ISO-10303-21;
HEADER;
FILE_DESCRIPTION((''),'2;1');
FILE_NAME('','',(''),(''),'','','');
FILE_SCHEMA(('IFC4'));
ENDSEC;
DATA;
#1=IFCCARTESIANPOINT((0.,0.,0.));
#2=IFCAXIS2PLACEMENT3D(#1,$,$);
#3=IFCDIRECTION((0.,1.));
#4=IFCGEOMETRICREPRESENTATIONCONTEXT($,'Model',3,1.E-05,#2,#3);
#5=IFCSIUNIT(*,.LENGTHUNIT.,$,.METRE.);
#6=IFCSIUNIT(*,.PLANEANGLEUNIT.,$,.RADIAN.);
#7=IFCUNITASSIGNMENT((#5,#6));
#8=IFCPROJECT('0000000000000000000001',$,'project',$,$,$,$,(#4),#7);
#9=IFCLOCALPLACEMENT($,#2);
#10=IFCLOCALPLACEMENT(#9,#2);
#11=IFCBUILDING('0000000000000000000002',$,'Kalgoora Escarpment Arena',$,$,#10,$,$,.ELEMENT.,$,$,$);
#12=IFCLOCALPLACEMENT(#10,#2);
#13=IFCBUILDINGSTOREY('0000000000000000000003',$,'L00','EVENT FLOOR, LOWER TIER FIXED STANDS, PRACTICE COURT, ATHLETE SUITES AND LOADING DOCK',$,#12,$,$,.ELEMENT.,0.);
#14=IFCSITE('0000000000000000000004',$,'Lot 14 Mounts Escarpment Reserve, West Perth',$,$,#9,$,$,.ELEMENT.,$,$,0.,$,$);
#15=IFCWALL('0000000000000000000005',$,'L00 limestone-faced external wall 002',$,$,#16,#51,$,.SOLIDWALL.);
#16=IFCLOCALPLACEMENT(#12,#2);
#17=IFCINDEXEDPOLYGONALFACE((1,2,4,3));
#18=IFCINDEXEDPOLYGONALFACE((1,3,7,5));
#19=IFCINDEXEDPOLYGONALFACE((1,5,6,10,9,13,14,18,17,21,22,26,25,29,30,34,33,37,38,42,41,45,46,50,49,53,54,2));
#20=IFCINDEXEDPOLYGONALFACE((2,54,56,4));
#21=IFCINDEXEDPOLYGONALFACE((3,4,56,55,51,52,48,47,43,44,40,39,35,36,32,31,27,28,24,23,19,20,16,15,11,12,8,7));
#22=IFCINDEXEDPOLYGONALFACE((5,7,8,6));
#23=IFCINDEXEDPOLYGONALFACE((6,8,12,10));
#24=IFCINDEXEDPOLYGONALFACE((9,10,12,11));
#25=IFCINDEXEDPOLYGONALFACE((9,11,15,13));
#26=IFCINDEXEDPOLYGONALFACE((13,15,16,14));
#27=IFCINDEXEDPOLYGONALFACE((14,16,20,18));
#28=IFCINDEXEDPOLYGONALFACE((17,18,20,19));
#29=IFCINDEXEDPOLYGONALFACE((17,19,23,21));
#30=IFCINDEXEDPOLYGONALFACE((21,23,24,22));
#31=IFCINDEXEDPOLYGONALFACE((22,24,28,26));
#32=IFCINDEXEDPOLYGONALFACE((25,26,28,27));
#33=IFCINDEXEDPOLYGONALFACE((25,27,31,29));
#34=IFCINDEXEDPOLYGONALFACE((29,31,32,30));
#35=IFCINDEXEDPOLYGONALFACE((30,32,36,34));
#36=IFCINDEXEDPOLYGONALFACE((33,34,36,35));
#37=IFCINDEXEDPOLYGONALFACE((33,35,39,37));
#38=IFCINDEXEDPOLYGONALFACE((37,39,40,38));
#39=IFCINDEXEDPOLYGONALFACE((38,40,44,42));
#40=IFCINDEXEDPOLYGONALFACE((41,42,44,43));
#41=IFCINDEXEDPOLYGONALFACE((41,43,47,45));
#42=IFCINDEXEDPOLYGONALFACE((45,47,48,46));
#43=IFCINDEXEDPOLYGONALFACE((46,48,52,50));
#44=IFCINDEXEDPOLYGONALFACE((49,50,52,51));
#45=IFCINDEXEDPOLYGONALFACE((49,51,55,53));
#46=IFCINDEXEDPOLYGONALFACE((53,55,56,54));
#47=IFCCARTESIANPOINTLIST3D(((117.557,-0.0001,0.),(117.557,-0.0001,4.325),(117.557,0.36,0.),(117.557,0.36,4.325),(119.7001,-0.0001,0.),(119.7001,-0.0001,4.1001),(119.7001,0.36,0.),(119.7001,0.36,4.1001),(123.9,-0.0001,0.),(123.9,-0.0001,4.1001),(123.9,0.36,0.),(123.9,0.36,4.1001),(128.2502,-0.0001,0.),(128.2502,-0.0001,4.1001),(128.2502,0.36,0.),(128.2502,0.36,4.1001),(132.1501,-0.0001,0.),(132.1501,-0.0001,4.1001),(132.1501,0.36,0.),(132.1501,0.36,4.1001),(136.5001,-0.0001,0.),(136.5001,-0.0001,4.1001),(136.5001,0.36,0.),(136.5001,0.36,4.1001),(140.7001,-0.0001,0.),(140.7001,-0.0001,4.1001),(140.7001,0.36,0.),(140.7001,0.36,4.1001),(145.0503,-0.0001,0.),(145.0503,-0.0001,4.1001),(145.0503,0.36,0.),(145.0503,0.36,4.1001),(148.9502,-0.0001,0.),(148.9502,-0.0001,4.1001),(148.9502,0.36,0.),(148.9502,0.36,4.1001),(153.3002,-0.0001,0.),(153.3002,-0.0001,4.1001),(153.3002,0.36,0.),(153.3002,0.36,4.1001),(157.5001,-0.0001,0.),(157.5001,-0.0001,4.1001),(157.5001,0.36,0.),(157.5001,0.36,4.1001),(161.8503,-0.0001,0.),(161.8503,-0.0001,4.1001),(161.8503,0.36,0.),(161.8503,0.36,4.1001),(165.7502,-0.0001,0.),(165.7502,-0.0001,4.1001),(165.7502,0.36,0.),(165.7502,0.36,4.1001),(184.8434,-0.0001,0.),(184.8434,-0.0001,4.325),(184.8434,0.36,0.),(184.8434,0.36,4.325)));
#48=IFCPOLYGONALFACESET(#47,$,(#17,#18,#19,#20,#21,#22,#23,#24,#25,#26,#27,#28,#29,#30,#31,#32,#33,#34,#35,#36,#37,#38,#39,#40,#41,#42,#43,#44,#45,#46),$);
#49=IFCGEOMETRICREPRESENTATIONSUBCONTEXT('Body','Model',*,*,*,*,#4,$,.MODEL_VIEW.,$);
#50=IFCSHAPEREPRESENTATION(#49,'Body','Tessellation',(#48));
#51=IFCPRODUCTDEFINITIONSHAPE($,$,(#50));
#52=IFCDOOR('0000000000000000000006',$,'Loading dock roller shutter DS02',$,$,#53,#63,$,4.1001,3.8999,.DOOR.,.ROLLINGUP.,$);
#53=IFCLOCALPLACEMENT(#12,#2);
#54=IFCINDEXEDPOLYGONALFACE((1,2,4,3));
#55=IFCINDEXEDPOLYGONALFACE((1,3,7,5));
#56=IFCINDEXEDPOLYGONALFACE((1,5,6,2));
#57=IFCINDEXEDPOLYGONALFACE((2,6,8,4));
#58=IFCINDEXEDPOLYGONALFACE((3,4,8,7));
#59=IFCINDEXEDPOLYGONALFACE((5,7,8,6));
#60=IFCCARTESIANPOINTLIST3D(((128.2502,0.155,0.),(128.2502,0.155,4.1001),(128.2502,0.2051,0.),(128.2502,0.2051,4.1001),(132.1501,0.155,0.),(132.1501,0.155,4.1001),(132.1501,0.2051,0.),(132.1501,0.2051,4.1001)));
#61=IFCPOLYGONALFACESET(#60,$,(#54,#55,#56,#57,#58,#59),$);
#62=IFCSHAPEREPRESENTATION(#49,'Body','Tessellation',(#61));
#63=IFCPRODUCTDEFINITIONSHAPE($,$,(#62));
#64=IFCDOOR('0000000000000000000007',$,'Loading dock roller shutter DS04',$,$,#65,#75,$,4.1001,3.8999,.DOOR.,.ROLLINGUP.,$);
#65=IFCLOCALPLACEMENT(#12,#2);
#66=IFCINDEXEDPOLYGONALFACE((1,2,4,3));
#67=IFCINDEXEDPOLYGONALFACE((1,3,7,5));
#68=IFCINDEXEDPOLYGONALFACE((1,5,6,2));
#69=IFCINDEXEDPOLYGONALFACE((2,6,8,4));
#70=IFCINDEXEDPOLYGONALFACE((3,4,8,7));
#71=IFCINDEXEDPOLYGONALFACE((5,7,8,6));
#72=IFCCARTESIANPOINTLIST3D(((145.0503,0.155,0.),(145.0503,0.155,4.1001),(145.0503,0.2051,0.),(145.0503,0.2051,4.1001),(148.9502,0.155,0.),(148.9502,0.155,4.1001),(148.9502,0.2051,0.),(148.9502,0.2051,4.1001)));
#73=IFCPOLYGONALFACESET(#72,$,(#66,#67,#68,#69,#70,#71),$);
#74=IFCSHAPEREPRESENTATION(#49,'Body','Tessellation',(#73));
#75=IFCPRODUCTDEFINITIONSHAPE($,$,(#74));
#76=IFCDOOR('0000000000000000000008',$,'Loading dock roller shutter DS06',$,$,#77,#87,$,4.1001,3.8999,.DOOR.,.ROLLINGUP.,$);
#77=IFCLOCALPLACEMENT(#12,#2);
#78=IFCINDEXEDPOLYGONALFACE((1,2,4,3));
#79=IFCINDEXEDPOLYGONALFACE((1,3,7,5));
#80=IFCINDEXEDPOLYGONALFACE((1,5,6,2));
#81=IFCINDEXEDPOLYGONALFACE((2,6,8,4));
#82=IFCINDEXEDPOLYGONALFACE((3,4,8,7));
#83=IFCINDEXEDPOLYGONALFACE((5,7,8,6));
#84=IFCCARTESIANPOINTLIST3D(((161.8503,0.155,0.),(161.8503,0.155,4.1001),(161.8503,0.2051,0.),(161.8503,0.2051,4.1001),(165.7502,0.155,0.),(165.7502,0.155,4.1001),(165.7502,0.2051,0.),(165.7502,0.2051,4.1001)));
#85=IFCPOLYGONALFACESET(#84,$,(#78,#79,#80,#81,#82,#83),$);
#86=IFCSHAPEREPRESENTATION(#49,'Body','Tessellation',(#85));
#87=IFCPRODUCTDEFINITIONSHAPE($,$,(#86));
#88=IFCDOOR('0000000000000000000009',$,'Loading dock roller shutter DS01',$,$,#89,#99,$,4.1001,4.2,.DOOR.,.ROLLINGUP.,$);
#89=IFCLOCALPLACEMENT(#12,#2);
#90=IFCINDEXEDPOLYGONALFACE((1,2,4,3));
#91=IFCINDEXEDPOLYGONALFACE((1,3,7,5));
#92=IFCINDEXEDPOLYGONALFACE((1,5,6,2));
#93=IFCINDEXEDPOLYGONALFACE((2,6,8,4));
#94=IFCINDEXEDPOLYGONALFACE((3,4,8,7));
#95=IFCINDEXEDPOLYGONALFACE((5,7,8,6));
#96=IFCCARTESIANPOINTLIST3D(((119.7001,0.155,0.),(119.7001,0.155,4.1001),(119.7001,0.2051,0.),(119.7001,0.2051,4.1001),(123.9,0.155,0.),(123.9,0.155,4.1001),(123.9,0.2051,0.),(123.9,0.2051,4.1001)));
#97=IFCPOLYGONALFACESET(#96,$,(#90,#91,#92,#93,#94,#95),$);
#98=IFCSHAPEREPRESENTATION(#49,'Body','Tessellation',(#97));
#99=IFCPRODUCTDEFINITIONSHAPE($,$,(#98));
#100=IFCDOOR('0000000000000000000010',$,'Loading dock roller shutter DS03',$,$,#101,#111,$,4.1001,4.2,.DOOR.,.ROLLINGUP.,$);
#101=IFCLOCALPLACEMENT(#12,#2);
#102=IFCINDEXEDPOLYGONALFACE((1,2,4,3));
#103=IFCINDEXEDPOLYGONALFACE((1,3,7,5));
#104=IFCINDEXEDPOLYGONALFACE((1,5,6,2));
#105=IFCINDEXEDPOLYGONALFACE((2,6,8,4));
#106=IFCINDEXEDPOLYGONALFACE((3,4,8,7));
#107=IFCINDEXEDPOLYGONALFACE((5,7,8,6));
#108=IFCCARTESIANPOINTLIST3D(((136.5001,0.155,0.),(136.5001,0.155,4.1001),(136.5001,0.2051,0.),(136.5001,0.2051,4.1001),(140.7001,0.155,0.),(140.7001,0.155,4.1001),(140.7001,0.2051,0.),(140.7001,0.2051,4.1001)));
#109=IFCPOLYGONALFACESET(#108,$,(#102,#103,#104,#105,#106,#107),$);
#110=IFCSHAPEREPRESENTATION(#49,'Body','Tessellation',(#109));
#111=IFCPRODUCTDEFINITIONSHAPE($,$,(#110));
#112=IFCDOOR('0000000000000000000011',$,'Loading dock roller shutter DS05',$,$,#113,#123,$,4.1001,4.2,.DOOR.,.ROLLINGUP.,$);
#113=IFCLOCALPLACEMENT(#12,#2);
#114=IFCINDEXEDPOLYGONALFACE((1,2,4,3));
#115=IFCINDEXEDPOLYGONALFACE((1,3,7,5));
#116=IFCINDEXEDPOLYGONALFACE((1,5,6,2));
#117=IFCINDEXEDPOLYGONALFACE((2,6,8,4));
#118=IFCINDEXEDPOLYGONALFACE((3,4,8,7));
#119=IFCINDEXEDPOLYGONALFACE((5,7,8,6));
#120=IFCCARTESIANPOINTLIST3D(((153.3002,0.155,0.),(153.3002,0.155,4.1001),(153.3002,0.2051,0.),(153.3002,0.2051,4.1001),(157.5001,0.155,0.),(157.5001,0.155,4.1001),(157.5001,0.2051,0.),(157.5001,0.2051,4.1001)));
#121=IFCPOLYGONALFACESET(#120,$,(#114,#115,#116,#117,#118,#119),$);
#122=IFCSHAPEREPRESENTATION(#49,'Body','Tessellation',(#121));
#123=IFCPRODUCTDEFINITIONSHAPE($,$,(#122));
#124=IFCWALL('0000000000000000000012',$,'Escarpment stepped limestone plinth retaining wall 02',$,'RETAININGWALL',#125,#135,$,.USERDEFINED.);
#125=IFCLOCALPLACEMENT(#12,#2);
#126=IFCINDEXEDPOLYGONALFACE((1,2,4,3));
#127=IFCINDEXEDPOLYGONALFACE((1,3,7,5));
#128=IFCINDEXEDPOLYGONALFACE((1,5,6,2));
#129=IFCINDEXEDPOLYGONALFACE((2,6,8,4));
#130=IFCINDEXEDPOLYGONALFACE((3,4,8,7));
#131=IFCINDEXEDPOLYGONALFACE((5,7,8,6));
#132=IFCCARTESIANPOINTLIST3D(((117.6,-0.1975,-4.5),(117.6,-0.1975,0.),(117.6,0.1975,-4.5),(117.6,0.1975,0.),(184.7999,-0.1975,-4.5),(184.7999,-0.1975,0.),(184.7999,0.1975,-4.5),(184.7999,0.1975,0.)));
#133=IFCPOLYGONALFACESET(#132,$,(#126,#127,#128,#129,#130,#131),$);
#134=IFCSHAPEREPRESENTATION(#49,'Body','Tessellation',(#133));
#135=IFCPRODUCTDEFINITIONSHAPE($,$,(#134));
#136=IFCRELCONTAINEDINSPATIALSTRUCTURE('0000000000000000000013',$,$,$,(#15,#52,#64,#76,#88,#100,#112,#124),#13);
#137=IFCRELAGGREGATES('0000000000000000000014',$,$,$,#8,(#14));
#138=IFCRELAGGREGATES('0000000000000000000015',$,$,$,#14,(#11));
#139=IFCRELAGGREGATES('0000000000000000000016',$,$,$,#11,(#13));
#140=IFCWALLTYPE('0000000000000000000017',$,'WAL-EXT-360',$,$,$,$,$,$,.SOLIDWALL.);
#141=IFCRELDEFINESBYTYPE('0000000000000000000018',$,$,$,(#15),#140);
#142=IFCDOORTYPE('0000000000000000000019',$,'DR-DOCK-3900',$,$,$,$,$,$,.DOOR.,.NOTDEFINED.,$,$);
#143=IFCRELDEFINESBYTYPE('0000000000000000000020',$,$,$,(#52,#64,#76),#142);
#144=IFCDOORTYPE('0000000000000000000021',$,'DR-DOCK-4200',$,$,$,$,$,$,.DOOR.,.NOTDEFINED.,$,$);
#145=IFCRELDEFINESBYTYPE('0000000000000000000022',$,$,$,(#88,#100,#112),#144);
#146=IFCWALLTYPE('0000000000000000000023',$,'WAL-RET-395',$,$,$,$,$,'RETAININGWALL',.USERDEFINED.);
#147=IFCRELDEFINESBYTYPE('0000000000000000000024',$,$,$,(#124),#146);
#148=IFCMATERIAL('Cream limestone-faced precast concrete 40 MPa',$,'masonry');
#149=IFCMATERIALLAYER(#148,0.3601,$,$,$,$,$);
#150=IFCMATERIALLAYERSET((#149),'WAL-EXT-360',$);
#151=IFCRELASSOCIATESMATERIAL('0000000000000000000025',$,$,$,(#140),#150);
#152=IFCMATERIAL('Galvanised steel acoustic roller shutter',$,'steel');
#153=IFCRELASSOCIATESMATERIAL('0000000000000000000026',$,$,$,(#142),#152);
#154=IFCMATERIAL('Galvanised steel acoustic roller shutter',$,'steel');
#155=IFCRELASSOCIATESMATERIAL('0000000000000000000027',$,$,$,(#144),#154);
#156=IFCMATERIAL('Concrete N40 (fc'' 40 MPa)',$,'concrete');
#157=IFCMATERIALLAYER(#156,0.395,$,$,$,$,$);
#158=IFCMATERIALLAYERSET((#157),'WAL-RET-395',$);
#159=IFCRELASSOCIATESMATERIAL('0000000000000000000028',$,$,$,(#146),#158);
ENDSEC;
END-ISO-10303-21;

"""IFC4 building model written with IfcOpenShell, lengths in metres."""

from ifc_helpers import new_model, si_unit, direction, frame, frame_2d, origin, place, context, subcontext, project, spatial, rectangle, extrude, material, layer, layer_set, type_object, element, fill, save


model = new_model("IFC4")

# Units and contexts
model_context = context("Model", 3, precision=1e-05, world=origin(), true_north=direction((0.0, 1.0)))
body_context = subcontext(model_context, "Body", "Model", "MODEL_VIEW")
ifc_project = project(units=[si_unit("LENGTHUNIT", "METRE"), si_unit("PLANEANGLEUNIT", "RADIAN")], contexts=[model_context])

# Site, building, storey
site_placement = place(None, origin())
site = spatial("IfcSite", under=ifc_project, at=site_placement, Name="Lot 14 Mounts Escarpment Reserve, West Perth", CompositionType="ELEMENT", RefElevation=0.0)
building_placement = place(site_placement, origin())
building = spatial("IfcBuilding", under=site, at=building_placement, Name="Kalgoora Escarpment Arena", CompositionType="ELEMENT")
storey_placement = place(building_placement, origin())
storey = spatial("IfcBuildingStorey", under=building, at=storey_placement, Name="L00", Description="EVENT FLOOR, LOWER TIER FIXED STANDS, PRACTICE COURT, ATHLETE SUITES AND LOADING DOCK", CompositionType="ELEMENT", Elevation=0.0)

# Wall, openings, doors
ifc_material_1 = material(Name="Cream limestone-faced precast concrete 40 MPa", Category="masonry")
ifc_layer_1 = layer(ifc_material_1, 0.3601)
ifc_layer_set_1 = layer_set([ifc_layer_1], Name="WAL-EXT-360")
wall_type_1 = type_object("IfcWallType", Name="WAL-EXT-360", PredefinedType="SOLIDWALL", material=ifc_layer_set_1)
wall_1_placement = place(storey_placement, frame((184.8433, 0.1799, 0.0), z_axis=(0.0, 0.0, 1.0), x_axis=(-1.0, 0.0, 0.0)))
wall_1 = element("IfcWall", 1, at=wall_1_placement, inside=storey, type_object=wall_type_1, Name="L00 limestone-faced external wall 002", PredefinedType="SOLIDWALL", context=body_context, shape_type="SweptSolid", body=[
    extrude(rectangle(XDim=67.2864, YDim=0.3601, at=frame_2d((33.6431, 0.0))), origin(), (0.0, 0.0, 1.0), 4.325),
])
opening_1_placement = place(wall_1_placement, frame((60.9431, 0.0, 0.0)))
opening_1 = element("IfcOpeningElement", 2, at=opening_1_placement, cuts=wall_1, PredefinedType="OPENING", context=body_context, shape_type="SweptSolid", body=[
    extrude(rectangle(XDim=4.2, YDim=4.1001, at=frame_2d((2.1001, 2.05))), frame((0.0, 0.1899, 0.0), z_axis=(0.0, -1.0, 0.0), x_axis=(1.0, 0.0, 0.0)), (0.0, 0.0, 1.0), 0.3801),
])
opening_2_placement = place(wall_1_placement, frame((52.6931, 0.0, 0.0)))
opening_2 = element("IfcOpeningElement", 3, at=opening_2_placement, cuts=wall_1, PredefinedType="OPENING", context=body_context, shape_type="SweptSolid", body=[
    extrude(rectangle(XDim=3.8999, YDim=4.1001, at=frame_2d((1.95, 2.05))), frame((0.0, 0.1899, 0.0), z_axis=(0.0, -1.0, 0.0), x_axis=(1.0, 0.0, 0.0)), (0.0, 0.0, 1.0), 0.3801),
])
opening_3_placement = place(wall_1_placement, frame((44.1431, 0.0, 0.0)))
opening_3 = element("IfcOpeningElement", 4, at=opening_3_placement, cuts=wall_1, PredefinedType="OPENING", context=body_context, shape_type="SweptSolid", body=[
    extrude(rectangle(XDim=4.2, YDim=4.1001, at=frame_2d((2.1001, 2.05))), frame((0.0, 0.1899, 0.0), z_axis=(0.0, -1.0, 0.0), x_axis=(1.0, 0.0, 0.0)), (0.0, 0.0, 1.0), 0.3801),
])
opening_4_placement = place(wall_1_placement, frame((35.8931, 0.0, 0.0)))
opening_4 = element("IfcOpeningElement", 5, at=opening_4_placement, cuts=wall_1, PredefinedType="OPENING", context=body_context, shape_type="SweptSolid", body=[
    extrude(rectangle(XDim=3.8999, YDim=4.1001, at=frame_2d((1.95, 2.05))), frame((0.0, 0.1899, 0.0), z_axis=(0.0, -1.0, 0.0), x_axis=(1.0, 0.0, 0.0)), (0.0, 0.0, 1.0), 0.3801),
])
opening_5_placement = place(wall_1_placement, frame((27.343, 0.0, 0.0)))
opening_5 = element("IfcOpeningElement", 6, at=opening_5_placement, cuts=wall_1, PredefinedType="OPENING", context=body_context, shape_type="SweptSolid", body=[
    extrude(rectangle(XDim=4.2, YDim=4.1001, at=frame_2d((2.1001, 2.05))), frame((0.0, 0.1899, 0.0), z_axis=(0.0, -1.0, 0.0), x_axis=(1.0, 0.0, 0.0)), (0.0, 0.0, 1.0), 0.3801),
])
opening_6_placement = place(wall_1_placement, frame((19.093, 0.0, 0.0)))
opening_6 = element("IfcOpeningElement", 7, at=opening_6_placement, cuts=wall_1, PredefinedType="OPENING", context=body_context, shape_type="SweptSolid", body=[
    extrude(rectangle(XDim=3.8999, YDim=4.1001, at=frame_2d((1.95, 2.05))), frame((0.0, 0.1899, 0.0), z_axis=(0.0, -1.0, 0.0), x_axis=(1.0, 0.0, 0.0)), (0.0, 0.0, 1.0), 0.3801),
])
ifc_material_2 = material(Name="Galvanised steel acoustic roller shutter", Category="steel")
door_type_1 = type_object("IfcDoorType", Name="DR-DOCK-3900", OperationType="NOTDEFINED", PredefinedType="DOOR", material=ifc_material_2)
door_1_placement = place(opening_2_placement, origin())
door_1 = element("IfcDoor", 8, at=door_1_placement, inside=storey, type_object=door_type_1, Name="Loading dock roller shutter DS02", OperationType="ROLLINGUP", OverallHeight=4.1001, OverallWidth=3.8999, PredefinedType="DOOR", context=body_context, shape_type="SweptSolid", body=[
    extrude(rectangle(XDim=3.8999, YDim=4.1001, at=frame_2d((1.95, 2.05))), frame((0.0, 0.0249, 0.0), z_axis=(0.0, -1.0, 0.0), x_axis=(1.0, 0.0, 0.0)), (0.0, 0.0, 1.0), 0.05),
])
fill(opening_2, door_1)
door_2_placement = place(opening_4_placement, origin())
door_2 = element("IfcDoor", 9, at=door_2_placement, inside=storey, type_object=door_type_1, Name="Loading dock roller shutter DS04", OperationType="ROLLINGUP", OverallHeight=4.1001, OverallWidth=3.8999, PredefinedType="DOOR", context=body_context, shape_type="SweptSolid", body=[
    extrude(rectangle(XDim=3.8999, YDim=4.1001, at=frame_2d((1.95, 2.05))), frame((0.0, 0.0249, 0.0), z_axis=(0.0, -1.0, 0.0), x_axis=(1.0, 0.0, 0.0)), (0.0, 0.0, 1.0), 0.05),
])
fill(opening_4, door_2)
door_3_placement = place(opening_6_placement, origin())
door_3 = element("IfcDoor", 10, at=door_3_placement, inside=storey, type_object=door_type_1, Name="Loading dock roller shutter DS06", OperationType="ROLLINGUP", OverallHeight=4.1001, OverallWidth=3.8999, PredefinedType="DOOR", context=body_context, shape_type="SweptSolid", body=[
    extrude(rectangle(XDim=3.8999, YDim=4.1001, at=frame_2d((1.95, 2.05))), frame((0.0, 0.0249, 0.0), z_axis=(0.0, -1.0, 0.0), x_axis=(1.0, 0.0, 0.0)), (0.0, 0.0, 1.0), 0.05),
])
fill(opening_6, door_3)
ifc_material_3 = material(Name="Galvanised steel acoustic roller shutter", Category="steel")
door_type_2 = type_object("IfcDoorType", Name="DR-DOCK-4200", OperationType="NOTDEFINED", PredefinedType="DOOR", material=ifc_material_3)
door_4_placement = place(opening_1_placement, origin())
door_4 = element("IfcDoor", 11, at=door_4_placement, inside=storey, type_object=door_type_2, Name="Loading dock roller shutter DS01", OperationType="ROLLINGUP", OverallHeight=4.1001, OverallWidth=4.2, PredefinedType="DOOR", context=body_context, shape_type="SweptSolid", body=[
    extrude(rectangle(XDim=4.2, YDim=4.1001, at=frame_2d((2.1001, 2.05))), frame((0.0, 0.0249, 0.0), z_axis=(0.0, -1.0, 0.0), x_axis=(1.0, 0.0, 0.0)), (0.0, 0.0, 1.0), 0.05),
])
fill(opening_1, door_4)
door_5_placement = place(opening_3_placement, origin())
door_5 = element("IfcDoor", 12, at=door_5_placement, inside=storey, type_object=door_type_2, Name="Loading dock roller shutter DS03", OperationType="ROLLINGUP", OverallHeight=4.1001, OverallWidth=4.2, PredefinedType="DOOR", context=body_context, shape_type="SweptSolid", body=[
    extrude(rectangle(XDim=4.2, YDim=4.1001, at=frame_2d((2.1001, 2.05))), frame((0.0, 0.0249, 0.0), z_axis=(0.0, -1.0, 0.0), x_axis=(1.0, 0.0, 0.0)), (0.0, 0.0, 1.0), 0.05),
])
fill(opening_3, door_5)
door_6_placement = place(opening_5_placement, origin())
door_6 = element("IfcDoor", 13, at=door_6_placement, inside=storey, type_object=door_type_2, Name="Loading dock roller shutter DS05", OperationType="ROLLINGUP", OverallHeight=4.1001, OverallWidth=4.2, PredefinedType="DOOR", context=body_context, shape_type="SweptSolid", body=[
    extrude(rectangle(XDim=4.2, YDim=4.1001, at=frame_2d((2.1001, 2.05))), frame((0.0, 0.0249, 0.0), z_axis=(0.0, -1.0, 0.0), x_axis=(1.0, 0.0, 0.0)), (0.0, 0.0, 1.0), 0.05),
])
fill(opening_5, door_6)

# Wall
ifc_material_4 = material(Name="Concrete N40 (fc' 40 MPa)", Category="concrete")
ifc_layer_2 = layer(ifc_material_4, 0.395)
ifc_layer_set_2 = layer_set([ifc_layer_2], Name="WAL-RET-395")
wall_type_2 = type_object("IfcWallType", Name="WAL-RET-395", ElementType="RETAININGWALL", PredefinedType="USERDEFINED", material=ifc_layer_set_2)
wall_2_placement = place(storey_placement, frame((184.8, 0.0, -4.5), z_axis=(0.0, 0.0, 1.0), x_axis=(-1.0, 0.0, 0.0)))
element("IfcWall", 14, at=wall_2_placement, inside=storey, type_object=wall_type_2, Name="Escarpment stepped limestone plinth retaining wall 02", ObjectType="RETAININGWALL", PredefinedType="USERDEFINED", context=body_context, shape_type="SweptSolid", body=[
    extrude(rectangle(XDim=67.2, YDim=0.395, at=frame_2d((33.6001, 0.0))), origin(), (0.0, 0.0, 1.0), 4.5),
])

save(model, "model.ifc")
